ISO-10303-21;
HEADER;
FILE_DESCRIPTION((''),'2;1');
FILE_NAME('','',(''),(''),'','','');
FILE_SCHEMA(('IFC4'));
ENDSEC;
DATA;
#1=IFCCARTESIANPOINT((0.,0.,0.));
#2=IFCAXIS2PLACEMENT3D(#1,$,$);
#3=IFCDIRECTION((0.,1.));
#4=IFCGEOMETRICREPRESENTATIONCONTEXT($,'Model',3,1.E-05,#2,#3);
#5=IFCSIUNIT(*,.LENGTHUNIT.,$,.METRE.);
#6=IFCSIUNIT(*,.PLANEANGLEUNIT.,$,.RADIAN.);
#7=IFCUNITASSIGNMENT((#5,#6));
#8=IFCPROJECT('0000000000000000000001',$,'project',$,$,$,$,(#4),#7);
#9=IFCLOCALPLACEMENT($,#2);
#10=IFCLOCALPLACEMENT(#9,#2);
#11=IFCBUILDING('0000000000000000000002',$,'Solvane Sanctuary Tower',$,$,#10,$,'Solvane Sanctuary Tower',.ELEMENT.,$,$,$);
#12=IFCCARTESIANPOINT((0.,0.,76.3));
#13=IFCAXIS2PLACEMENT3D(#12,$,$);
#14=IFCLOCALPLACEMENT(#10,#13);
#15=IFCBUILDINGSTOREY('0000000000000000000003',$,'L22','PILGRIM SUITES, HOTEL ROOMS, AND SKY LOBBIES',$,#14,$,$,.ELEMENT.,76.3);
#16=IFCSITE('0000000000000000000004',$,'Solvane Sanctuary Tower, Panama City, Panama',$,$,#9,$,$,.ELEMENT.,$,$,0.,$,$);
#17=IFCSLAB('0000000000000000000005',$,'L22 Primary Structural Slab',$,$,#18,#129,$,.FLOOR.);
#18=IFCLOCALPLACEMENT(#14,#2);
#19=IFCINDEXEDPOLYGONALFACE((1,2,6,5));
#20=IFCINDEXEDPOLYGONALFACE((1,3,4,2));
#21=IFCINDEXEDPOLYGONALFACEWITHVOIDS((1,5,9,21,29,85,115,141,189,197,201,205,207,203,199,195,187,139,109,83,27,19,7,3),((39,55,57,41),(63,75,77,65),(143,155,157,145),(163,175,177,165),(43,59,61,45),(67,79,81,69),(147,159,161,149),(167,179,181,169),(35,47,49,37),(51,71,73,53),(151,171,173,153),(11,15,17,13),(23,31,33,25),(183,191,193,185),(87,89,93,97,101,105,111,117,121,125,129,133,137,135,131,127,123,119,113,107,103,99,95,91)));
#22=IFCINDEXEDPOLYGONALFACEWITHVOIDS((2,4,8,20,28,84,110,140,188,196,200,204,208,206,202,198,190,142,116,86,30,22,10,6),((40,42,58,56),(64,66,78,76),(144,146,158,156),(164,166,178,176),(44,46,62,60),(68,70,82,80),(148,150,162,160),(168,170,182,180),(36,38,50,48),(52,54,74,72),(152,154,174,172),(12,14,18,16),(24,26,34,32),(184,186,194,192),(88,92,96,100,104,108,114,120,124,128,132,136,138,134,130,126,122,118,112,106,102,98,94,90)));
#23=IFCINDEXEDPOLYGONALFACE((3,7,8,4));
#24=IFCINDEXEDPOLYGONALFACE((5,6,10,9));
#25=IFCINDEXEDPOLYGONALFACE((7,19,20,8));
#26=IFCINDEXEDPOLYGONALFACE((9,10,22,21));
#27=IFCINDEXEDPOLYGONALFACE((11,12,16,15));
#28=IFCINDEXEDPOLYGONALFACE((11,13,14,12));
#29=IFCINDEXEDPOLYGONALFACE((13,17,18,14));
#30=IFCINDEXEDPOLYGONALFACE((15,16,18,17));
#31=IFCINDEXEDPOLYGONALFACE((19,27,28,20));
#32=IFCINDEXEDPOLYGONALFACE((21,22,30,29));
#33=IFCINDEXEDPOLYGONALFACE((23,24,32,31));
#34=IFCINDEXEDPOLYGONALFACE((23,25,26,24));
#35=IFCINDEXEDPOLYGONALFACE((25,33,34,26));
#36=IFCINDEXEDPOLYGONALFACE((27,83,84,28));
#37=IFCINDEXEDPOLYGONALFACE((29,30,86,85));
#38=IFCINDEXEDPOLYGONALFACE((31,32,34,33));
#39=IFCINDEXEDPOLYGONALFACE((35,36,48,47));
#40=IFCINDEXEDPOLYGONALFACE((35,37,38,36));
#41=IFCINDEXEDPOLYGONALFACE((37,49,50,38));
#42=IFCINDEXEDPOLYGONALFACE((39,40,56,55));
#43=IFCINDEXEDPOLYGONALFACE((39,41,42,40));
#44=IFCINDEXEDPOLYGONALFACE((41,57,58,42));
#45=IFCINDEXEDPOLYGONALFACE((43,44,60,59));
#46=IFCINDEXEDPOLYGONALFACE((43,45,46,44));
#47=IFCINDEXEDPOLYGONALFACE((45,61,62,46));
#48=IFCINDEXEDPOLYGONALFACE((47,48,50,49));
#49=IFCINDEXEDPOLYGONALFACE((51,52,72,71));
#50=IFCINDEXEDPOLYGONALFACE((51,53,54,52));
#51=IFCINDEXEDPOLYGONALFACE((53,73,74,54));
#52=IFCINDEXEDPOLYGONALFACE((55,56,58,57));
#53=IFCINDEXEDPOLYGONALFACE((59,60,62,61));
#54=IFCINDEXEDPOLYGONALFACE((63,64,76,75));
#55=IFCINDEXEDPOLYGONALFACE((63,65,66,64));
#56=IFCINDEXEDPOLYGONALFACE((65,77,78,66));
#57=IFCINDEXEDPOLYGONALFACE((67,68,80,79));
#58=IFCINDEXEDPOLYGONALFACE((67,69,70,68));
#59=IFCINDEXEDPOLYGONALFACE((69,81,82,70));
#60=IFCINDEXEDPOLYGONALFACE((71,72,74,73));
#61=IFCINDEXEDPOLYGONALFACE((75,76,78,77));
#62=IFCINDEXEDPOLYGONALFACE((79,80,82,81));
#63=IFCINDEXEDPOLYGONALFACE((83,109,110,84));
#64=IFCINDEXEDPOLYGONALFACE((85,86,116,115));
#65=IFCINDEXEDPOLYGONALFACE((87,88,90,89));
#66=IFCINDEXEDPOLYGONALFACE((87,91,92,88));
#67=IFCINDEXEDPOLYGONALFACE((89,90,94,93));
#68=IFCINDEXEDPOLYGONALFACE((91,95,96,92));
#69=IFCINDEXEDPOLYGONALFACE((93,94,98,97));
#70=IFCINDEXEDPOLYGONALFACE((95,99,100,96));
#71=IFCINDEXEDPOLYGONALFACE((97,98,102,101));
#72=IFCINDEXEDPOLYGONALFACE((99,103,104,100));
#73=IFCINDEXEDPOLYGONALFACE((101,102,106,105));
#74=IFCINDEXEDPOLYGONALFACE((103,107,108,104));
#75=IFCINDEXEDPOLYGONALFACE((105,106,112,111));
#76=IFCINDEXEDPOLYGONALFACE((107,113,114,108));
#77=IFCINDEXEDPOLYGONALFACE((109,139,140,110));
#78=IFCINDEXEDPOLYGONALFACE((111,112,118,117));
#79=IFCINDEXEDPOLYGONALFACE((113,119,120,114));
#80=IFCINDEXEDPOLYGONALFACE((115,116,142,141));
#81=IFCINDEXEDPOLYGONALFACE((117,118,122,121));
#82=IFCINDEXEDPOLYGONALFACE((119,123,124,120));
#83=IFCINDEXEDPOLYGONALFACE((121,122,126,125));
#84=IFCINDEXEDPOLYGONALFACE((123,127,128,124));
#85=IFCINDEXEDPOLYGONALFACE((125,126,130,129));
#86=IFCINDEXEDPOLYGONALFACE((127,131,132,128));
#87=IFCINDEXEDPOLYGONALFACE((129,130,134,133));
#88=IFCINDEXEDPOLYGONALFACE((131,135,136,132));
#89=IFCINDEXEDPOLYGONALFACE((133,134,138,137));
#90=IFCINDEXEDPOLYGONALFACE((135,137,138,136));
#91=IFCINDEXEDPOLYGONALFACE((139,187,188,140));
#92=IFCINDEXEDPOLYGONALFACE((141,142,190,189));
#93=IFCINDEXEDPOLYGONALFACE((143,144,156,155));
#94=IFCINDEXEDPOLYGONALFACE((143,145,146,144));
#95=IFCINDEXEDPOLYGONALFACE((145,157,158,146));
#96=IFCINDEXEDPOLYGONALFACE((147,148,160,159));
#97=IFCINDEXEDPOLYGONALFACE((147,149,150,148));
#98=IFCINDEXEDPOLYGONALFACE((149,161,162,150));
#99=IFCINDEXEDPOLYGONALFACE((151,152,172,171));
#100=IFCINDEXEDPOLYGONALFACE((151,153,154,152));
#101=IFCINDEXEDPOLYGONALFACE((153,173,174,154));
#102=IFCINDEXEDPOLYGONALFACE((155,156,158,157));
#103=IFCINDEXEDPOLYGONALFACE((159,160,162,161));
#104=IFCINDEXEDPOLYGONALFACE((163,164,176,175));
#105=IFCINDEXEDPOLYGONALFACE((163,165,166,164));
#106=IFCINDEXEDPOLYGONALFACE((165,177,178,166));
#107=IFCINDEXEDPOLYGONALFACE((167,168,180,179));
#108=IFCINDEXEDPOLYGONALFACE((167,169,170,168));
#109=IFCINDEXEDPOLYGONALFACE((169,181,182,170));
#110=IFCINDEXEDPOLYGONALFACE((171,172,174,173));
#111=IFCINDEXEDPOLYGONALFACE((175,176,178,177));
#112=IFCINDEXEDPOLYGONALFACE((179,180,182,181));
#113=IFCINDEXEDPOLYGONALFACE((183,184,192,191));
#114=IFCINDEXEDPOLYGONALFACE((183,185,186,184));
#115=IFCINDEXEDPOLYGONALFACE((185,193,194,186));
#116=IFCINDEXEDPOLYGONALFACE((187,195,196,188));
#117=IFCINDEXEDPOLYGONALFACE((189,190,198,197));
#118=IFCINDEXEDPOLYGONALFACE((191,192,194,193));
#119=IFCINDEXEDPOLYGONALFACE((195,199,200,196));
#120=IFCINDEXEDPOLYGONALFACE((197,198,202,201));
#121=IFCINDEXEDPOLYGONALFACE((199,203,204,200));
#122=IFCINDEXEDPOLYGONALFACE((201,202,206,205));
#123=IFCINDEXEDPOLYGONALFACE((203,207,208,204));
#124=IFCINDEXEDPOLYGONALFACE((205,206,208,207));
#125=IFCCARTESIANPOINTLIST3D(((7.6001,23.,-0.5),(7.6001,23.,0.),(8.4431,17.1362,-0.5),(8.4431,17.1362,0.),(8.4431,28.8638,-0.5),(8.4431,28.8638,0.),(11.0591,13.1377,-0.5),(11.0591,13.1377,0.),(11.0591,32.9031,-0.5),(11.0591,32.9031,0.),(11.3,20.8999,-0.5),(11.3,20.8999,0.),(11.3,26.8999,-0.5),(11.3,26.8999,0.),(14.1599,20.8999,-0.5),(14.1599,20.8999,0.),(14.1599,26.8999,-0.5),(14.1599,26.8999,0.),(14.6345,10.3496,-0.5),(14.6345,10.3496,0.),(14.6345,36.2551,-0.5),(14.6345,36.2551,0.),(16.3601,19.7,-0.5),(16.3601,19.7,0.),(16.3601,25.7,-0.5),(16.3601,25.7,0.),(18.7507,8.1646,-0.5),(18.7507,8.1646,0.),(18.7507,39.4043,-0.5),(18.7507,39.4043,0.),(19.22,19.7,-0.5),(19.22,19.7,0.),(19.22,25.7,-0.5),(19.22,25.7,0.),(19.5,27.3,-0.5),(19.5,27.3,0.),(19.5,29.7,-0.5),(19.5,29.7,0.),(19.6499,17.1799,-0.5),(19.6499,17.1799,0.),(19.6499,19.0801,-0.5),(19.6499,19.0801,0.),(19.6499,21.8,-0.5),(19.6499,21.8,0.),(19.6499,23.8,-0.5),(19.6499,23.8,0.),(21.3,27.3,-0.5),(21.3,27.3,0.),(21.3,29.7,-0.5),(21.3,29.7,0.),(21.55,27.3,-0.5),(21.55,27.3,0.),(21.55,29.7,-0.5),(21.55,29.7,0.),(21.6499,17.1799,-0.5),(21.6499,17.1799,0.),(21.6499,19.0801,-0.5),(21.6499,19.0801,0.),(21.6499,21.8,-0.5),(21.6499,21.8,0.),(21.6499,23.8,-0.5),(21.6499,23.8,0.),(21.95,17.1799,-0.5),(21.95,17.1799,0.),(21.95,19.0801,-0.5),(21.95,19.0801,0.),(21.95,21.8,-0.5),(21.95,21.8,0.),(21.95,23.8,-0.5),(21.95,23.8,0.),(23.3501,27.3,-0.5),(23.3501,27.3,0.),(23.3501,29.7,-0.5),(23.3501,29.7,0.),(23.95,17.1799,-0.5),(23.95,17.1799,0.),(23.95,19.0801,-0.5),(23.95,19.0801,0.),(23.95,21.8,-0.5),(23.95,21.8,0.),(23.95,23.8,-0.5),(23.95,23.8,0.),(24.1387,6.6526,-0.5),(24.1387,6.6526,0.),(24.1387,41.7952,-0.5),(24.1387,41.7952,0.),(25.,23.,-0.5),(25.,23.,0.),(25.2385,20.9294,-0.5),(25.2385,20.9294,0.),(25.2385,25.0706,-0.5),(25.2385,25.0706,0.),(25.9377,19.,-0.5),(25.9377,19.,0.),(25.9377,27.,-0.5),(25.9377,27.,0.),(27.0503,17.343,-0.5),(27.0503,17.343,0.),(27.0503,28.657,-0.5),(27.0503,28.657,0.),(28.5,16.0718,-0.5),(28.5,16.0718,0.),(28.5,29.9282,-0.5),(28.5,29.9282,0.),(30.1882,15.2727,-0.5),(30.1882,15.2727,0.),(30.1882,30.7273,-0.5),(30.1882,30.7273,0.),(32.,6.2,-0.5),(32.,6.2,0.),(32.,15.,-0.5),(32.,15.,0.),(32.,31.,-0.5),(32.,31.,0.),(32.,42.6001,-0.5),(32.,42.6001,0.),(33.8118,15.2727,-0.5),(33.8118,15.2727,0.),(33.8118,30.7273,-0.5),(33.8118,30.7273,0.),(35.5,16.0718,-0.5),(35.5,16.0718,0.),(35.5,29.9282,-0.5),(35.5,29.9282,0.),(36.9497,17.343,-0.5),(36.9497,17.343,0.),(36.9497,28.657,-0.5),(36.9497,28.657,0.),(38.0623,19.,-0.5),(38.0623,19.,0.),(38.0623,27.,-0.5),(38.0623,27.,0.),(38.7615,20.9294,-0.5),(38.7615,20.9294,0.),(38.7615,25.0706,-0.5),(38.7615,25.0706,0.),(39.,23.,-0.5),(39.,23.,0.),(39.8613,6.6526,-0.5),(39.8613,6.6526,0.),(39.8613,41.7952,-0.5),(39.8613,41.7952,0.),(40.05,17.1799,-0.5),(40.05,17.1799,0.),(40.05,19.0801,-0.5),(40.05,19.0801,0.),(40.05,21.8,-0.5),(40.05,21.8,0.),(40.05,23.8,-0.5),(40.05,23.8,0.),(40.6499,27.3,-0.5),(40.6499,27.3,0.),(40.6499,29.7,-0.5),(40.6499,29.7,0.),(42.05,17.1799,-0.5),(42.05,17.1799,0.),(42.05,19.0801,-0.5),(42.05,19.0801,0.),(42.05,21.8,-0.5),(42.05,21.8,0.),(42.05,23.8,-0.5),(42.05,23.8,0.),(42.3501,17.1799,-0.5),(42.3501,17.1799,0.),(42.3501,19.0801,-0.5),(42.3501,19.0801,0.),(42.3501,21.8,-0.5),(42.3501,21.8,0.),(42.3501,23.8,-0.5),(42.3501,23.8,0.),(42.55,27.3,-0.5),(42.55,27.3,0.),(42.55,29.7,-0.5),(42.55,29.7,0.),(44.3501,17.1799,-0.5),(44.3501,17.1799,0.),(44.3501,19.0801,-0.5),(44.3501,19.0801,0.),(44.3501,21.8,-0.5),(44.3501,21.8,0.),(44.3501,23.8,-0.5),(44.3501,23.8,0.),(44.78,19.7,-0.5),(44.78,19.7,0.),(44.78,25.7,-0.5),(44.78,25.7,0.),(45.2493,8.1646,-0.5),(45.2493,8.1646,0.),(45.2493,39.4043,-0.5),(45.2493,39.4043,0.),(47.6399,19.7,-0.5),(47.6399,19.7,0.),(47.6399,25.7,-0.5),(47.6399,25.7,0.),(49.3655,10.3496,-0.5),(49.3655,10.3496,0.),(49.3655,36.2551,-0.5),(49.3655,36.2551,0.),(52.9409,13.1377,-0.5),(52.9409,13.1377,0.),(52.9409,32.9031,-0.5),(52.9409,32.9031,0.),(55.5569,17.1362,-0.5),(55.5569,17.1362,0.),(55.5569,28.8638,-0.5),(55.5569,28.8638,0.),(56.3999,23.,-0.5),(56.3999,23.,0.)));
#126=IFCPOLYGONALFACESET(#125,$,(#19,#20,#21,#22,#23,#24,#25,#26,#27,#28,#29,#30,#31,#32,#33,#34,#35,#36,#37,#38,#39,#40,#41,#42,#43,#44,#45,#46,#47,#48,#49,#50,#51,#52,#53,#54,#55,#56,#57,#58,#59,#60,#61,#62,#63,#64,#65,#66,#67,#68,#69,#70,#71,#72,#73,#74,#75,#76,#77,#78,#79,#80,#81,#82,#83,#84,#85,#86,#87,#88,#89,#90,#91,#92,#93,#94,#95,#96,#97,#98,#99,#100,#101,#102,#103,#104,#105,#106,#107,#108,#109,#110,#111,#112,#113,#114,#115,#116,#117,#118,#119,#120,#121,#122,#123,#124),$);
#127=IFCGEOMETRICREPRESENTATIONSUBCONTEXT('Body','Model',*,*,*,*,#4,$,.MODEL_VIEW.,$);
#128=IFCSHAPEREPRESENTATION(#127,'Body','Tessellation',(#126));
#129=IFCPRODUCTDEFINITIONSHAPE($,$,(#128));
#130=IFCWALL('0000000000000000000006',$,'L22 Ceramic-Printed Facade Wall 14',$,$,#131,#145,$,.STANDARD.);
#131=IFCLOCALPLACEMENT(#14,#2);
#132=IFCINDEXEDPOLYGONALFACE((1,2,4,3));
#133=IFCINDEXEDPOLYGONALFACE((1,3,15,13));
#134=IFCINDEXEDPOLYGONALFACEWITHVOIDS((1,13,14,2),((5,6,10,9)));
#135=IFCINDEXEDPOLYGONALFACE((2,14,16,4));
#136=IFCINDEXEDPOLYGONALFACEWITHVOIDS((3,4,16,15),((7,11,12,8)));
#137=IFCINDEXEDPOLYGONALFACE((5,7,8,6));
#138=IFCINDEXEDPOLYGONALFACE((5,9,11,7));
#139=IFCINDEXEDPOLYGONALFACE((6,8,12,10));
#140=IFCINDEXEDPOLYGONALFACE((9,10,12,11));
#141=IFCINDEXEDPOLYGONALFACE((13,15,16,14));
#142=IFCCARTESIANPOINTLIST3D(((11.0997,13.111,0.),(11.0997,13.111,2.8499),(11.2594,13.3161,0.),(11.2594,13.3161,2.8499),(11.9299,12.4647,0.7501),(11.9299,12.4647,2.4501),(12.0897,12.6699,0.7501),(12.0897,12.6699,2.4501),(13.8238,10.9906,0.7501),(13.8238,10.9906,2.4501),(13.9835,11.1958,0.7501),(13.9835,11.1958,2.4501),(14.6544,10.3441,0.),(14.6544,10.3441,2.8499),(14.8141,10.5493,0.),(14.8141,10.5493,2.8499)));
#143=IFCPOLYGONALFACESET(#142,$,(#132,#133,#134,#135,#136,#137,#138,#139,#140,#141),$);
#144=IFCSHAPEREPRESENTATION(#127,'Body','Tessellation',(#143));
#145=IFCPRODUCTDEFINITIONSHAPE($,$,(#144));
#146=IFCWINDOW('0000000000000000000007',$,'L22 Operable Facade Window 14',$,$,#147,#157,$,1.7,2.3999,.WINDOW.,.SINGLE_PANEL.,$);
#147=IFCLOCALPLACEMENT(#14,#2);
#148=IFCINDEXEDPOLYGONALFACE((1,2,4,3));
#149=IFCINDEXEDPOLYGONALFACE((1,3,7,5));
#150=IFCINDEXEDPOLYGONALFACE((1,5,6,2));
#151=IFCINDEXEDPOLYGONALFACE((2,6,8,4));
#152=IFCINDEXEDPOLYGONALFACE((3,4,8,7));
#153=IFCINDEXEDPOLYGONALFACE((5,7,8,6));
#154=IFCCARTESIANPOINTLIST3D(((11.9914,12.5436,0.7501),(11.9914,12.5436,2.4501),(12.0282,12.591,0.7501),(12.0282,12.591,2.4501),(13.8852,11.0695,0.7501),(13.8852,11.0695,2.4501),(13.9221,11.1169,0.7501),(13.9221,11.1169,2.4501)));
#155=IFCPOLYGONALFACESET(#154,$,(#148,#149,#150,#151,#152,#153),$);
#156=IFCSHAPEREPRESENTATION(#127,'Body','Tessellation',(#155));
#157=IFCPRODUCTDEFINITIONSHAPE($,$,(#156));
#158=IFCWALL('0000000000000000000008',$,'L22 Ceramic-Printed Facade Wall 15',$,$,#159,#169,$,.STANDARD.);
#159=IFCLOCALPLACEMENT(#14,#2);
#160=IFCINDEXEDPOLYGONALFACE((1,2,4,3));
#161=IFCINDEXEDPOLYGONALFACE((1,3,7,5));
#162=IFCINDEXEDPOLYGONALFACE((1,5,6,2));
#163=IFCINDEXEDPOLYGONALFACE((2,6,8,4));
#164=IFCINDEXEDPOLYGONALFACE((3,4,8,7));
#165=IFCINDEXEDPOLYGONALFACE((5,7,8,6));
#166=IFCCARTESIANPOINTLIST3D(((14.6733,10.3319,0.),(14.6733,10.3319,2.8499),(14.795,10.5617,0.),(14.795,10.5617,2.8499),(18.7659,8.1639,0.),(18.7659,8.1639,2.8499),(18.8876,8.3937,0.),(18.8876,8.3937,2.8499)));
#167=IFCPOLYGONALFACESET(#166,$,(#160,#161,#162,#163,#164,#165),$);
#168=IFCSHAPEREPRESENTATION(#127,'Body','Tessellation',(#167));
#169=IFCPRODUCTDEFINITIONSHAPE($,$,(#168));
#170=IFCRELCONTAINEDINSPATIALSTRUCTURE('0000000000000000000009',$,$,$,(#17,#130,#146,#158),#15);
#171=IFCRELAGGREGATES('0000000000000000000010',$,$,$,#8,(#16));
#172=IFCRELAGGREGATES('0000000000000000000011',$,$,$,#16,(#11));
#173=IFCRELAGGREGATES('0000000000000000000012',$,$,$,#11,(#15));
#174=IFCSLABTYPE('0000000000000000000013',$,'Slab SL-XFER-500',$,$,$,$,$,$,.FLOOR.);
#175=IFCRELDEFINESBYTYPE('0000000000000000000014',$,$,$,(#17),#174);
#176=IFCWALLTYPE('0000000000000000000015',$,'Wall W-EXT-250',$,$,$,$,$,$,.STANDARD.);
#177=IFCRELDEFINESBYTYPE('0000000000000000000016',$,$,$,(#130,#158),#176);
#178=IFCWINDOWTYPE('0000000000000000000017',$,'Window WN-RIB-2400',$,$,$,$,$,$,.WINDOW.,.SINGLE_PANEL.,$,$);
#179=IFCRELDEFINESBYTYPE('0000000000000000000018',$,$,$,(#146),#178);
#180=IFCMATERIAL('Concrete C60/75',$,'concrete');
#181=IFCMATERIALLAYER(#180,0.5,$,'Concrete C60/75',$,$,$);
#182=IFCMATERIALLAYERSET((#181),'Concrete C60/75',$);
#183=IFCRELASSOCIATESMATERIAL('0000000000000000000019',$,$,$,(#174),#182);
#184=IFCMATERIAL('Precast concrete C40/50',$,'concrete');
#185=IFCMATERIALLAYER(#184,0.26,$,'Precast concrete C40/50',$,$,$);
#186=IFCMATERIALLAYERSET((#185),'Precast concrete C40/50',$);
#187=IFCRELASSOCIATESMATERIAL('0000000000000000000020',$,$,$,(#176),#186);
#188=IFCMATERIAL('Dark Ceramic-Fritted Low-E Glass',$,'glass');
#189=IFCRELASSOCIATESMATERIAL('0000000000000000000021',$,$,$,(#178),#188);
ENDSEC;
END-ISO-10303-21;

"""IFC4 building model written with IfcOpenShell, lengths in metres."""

from ifc_helpers import new_model, si_unit, direction, frame, frame_2d, origin, place, context, subcontext, project, spatial, polyline, rectangle, outline, extrude, material, layer, layer_set, type_object, element, fill, save


model = new_model("IFC4")

# Units and contexts
model_context = context("Model", 3, precision=1e-05, world=origin(), true_north=direction((0.0, 1.0)))
body_context = subcontext(model_context, "Body", "Model", "MODEL_VIEW")
ifc_project = project(units=[si_unit("LENGTHUNIT", "METRE"), si_unit("PLANEANGLEUNIT", "RADIAN")], contexts=[model_context])

# Site, building, storey
site_placement = place(None, origin())
site = spatial("IfcSite", under=ifc_project, at=site_placement, Name="Solvane Sanctuary Tower, Panama City, Panama", CompositionType="ELEMENT", RefElevation=0.0)
building_placement = place(site_placement, origin())
building = spatial("IfcBuilding", under=site, at=building_placement, Name="Solvane Sanctuary Tower", LongName="Solvane Sanctuary Tower", CompositionType="ELEMENT")
storey_placement = place(building_placement, frame((0.0, 0.0, 76.3)))
storey = spatial("IfcBuildingStorey", under=building, at=storey_placement, Name="L22", Description="PILGRIM SUITES, HOTEL ROOMS, AND SKY LOBBIES", CompositionType="ELEMENT", Elevation=76.3)

# Shared definitions
ifc_material_1 = material(Name="Concrete C60/75", Category="concrete")

# Slab
ifc_layer_1 = layer(ifc_material_1, 0.5, Name="Concrete C60/75")
ifc_layer_set_1 = layer_set([ifc_layer_1], Name="Concrete C60/75")
slab_type_1 = type_object("IfcSlabType", Name="Slab SL-XFER-500", PredefinedType="FLOOR", material=ifc_layer_set_1)
slab_1_placement = place(storey_placement, frame((0.0, 0.0, -0.5)))
element("IfcSlab", 1, at=slab_1_placement, inside=storey, type_object=slab_type_1, Name="L22 Primary Structural Slab", PredefinedType="FLOOR", context=body_context, shape_type="SweptSolid", body=[
    extrude(outline(polyline([(56.3999, 23.0), (55.5569, 28.8638), (52.9409, 32.9031), (49.3655, 36.2551), (45.2493, 39.4043), (39.8613, 41.7952), (32.0, 42.6001), (24.1387, 41.7952), (18.7507, 39.4043), (14.6345, 36.2551), (11.0591, 32.9031), (8.4431, 28.8638), (7.6001, 23.0), (8.4431, 17.1362), (11.0591, 13.1377), (14.6345, 10.3496), (18.7507, 8.1646), (24.1387, 6.6526), (32.0, 6.2), (39.8613, 6.6526), (45.2493, 8.1646), (49.3655, 10.3496), (52.9409, 13.1377), (55.5569, 17.1362), (56.3999, 23.0)]), holes=[polyline([(38.7615, 20.9294), (38.0623, 19.0), (36.9497, 17.343), (35.5, 16.0718), (33.8118, 15.2727), (32.0, 15.0), (30.1882, 15.2727), (28.5, 16.0718), (27.0503, 17.343), (25.9377, 19.0), (25.2385, 20.9294), (25.0, 23.0), (25.2385, 25.0706), (25.9377, 27.0), (27.0503, 28.657), (28.5, 29.9282), (30.1882, 30.7273), (32.0, 31.0), (33.8118, 30.7273), (35.5, 29.9282), (36.9497, 28.657), (38.0623, 27.0), (38.7615, 25.0706), (39.0, 23.0), (38.7615, 20.9294)]), polyline([(16.3601, 19.7), (16.3601, 25.7), (19.22, 25.7), (19.22, 19.7), (16.3601, 19.7)]), polyline([(44.78, 19.7), (44.78, 25.7), (47.6399, 25.7), (47.6399, 19.7), (44.78, 19.7)]), polyline([(11.3, 20.8999), (11.3, 26.8999), (14.1599, 26.8999), (14.1599, 20.8999), (11.3, 20.8999)]), polyline([(19.6499, 19.0801), (21.6499, 19.0801), (21.6499, 17.1799), (19.6499, 17.1799), (19.6499, 19.0801)]), polyline([(21.95, 19.0801), (23.95, 19.0801), (23.95, 17.1799), (21.95, 17.1799), (21.95, 19.0801)]), polyline([(40.05, 19.0801), (42.05, 19.0801), (42.05, 17.1799), (40.05, 17.1799), (40.05, 19.0801)]), polyline([(42.3501, 19.0801), (44.3501, 19.0801), (44.3501, 17.1799), (42.3501, 17.1799), (42.3501, 19.0801)]), polyline([(19.6499, 23.8), (21.6499, 23.8), (21.6499, 21.8), (19.6499, 21.8), (19.6499, 23.8)]), polyline([(42.3501, 23.8), (44.3501, 23.8), (44.3501, 21.8), (42.3501, 21.8), (42.3501, 23.8)]), polyline([(21.95, 23.8), (23.95, 23.8), (23.95, 21.8), (21.95, 21.8), (21.95, 23.8)]), polyline([(40.05, 23.8), (42.05, 23.8), (42.05, 21.8), (40.05, 21.8), (40.05, 23.8)]), polyline([(19.5, 29.7), (21.3, 29.7), (21.3, 27.3), (19.5, 27.3), (19.5, 29.7)]), polyline([(21.55, 29.7), (23.3501, 29.7), (23.3501, 27.3), (21.55, 27.3), (21.55, 29.7)]), polyline([(40.6499, 29.7), (42.55, 29.7), (42.55, 27.3), (40.6499, 27.3), (40.6499, 29.7)])]), origin(), (0.0, 0.0, 1.0), 0.5),
])

# Wall, opening, window
ifc_material_2 = material(Name="Precast concrete C40/50", Category="concrete")
ifc_layer_2 = layer(ifc_material_2, 0.26, Name="Precast concrete C40/50")
ifc_layer_set_2 = layer_set([ifc_layer_2], Name="Precast concrete C40/50")
wall_type = type_object("IfcWallType", Name="Wall W-EXT-250", PredefinedType="STANDARD", material=ifc_layer_set_2)
wall_1_placement = place(storey_placement, frame((11.1794, 13.2136, 0.0), z_axis=(0.0, 0.0, 1.0), x_axis=(0.789127, -0.614229, 0.0)))
wall_1 = element("IfcWall", 2, at=wall_1_placement, inside=storey, type_object=wall_type, Name="L22 Ceramic-Printed Facade Wall 14", PredefinedType="STANDARD", context=body_context, shape_type="SweptSolid", body=[
    extrude(rectangle(XDim=4.5046, YDim=0.26, at=frame_2d((2.2524, 0.0))), origin(), (0.0, 0.0, 1.0), 2.8499),
])
opening_1_placement = place(wall_1_placement, frame((1.0522, 0.0, 0.75)))
opening_1 = element("IfcOpeningElement", 3, at=opening_1_placement, cuts=wall_1, PredefinedType="OPENING", context=body_context, shape_type="SweptSolid", body=[
    extrude(rectangle(XDim=2.3999, YDim=1.7, at=frame_2d((1.2, 0.8501))), frame((0.0, 0.1399, 0.0), z_axis=(0.0, -1.0, 0.0), x_axis=(1.0, 0.0, 0.0)), (0.0, 0.0, 1.0), 0.28),
])
ifc_material_3 = material(Name="Dark Ceramic-Fritted Low-E Glass", Category="glass")
window_type_1 = type_object("IfcWindowType", Name="Window WN-RIB-2400", PartitioningType="SINGLE_PANEL", PredefinedType="WINDOW", material=ifc_material_3)
window_1_placement = place(opening_1_placement, origin())
window_1 = element("IfcWindow", 4, at=window_1_placement, inside=storey, type_object=window_type_1, Name="L22 Operable Facade Window 14", OverallHeight=1.7, OverallWidth=2.3999, PartitioningType="SINGLE_PANEL", PredefinedType="WINDOW", context=body_context, shape_type="SweptSolid", body=[
    extrude(rectangle(XDim=2.3999, YDim=1.7, at=frame_2d((1.2, 0.8501))), frame((0.0, 0.03, 0.0), z_axis=(0.0, -1.0, 0.0), x_axis=(1.0, 0.0, 0.0)), (0.0, 0.0, 1.0), 0.0601),
])
fill(opening_1, window_1)

# Wall
wall_2_placement = place(storey_placement, frame((14.7341, 10.4468, 0.0), z_axis=(0.0, 0.0, 1.0), x_axis=(0.883669, -0.468113, 0.0)))
element("IfcWall", 5, at=wall_2_placement, inside=storey, type_object=wall_type, Name="L22 Ceramic-Printed Facade Wall 15", PredefinedType="STANDARD", context=body_context, shape_type="SweptSolid", body=[
    extrude(rectangle(XDim=4.6313, YDim=0.26, at=frame_2d((2.3157, 0.0))), origin(), (0.0, 0.0, 1.0), 2.8499),
])

save(model, "model.ifc")
